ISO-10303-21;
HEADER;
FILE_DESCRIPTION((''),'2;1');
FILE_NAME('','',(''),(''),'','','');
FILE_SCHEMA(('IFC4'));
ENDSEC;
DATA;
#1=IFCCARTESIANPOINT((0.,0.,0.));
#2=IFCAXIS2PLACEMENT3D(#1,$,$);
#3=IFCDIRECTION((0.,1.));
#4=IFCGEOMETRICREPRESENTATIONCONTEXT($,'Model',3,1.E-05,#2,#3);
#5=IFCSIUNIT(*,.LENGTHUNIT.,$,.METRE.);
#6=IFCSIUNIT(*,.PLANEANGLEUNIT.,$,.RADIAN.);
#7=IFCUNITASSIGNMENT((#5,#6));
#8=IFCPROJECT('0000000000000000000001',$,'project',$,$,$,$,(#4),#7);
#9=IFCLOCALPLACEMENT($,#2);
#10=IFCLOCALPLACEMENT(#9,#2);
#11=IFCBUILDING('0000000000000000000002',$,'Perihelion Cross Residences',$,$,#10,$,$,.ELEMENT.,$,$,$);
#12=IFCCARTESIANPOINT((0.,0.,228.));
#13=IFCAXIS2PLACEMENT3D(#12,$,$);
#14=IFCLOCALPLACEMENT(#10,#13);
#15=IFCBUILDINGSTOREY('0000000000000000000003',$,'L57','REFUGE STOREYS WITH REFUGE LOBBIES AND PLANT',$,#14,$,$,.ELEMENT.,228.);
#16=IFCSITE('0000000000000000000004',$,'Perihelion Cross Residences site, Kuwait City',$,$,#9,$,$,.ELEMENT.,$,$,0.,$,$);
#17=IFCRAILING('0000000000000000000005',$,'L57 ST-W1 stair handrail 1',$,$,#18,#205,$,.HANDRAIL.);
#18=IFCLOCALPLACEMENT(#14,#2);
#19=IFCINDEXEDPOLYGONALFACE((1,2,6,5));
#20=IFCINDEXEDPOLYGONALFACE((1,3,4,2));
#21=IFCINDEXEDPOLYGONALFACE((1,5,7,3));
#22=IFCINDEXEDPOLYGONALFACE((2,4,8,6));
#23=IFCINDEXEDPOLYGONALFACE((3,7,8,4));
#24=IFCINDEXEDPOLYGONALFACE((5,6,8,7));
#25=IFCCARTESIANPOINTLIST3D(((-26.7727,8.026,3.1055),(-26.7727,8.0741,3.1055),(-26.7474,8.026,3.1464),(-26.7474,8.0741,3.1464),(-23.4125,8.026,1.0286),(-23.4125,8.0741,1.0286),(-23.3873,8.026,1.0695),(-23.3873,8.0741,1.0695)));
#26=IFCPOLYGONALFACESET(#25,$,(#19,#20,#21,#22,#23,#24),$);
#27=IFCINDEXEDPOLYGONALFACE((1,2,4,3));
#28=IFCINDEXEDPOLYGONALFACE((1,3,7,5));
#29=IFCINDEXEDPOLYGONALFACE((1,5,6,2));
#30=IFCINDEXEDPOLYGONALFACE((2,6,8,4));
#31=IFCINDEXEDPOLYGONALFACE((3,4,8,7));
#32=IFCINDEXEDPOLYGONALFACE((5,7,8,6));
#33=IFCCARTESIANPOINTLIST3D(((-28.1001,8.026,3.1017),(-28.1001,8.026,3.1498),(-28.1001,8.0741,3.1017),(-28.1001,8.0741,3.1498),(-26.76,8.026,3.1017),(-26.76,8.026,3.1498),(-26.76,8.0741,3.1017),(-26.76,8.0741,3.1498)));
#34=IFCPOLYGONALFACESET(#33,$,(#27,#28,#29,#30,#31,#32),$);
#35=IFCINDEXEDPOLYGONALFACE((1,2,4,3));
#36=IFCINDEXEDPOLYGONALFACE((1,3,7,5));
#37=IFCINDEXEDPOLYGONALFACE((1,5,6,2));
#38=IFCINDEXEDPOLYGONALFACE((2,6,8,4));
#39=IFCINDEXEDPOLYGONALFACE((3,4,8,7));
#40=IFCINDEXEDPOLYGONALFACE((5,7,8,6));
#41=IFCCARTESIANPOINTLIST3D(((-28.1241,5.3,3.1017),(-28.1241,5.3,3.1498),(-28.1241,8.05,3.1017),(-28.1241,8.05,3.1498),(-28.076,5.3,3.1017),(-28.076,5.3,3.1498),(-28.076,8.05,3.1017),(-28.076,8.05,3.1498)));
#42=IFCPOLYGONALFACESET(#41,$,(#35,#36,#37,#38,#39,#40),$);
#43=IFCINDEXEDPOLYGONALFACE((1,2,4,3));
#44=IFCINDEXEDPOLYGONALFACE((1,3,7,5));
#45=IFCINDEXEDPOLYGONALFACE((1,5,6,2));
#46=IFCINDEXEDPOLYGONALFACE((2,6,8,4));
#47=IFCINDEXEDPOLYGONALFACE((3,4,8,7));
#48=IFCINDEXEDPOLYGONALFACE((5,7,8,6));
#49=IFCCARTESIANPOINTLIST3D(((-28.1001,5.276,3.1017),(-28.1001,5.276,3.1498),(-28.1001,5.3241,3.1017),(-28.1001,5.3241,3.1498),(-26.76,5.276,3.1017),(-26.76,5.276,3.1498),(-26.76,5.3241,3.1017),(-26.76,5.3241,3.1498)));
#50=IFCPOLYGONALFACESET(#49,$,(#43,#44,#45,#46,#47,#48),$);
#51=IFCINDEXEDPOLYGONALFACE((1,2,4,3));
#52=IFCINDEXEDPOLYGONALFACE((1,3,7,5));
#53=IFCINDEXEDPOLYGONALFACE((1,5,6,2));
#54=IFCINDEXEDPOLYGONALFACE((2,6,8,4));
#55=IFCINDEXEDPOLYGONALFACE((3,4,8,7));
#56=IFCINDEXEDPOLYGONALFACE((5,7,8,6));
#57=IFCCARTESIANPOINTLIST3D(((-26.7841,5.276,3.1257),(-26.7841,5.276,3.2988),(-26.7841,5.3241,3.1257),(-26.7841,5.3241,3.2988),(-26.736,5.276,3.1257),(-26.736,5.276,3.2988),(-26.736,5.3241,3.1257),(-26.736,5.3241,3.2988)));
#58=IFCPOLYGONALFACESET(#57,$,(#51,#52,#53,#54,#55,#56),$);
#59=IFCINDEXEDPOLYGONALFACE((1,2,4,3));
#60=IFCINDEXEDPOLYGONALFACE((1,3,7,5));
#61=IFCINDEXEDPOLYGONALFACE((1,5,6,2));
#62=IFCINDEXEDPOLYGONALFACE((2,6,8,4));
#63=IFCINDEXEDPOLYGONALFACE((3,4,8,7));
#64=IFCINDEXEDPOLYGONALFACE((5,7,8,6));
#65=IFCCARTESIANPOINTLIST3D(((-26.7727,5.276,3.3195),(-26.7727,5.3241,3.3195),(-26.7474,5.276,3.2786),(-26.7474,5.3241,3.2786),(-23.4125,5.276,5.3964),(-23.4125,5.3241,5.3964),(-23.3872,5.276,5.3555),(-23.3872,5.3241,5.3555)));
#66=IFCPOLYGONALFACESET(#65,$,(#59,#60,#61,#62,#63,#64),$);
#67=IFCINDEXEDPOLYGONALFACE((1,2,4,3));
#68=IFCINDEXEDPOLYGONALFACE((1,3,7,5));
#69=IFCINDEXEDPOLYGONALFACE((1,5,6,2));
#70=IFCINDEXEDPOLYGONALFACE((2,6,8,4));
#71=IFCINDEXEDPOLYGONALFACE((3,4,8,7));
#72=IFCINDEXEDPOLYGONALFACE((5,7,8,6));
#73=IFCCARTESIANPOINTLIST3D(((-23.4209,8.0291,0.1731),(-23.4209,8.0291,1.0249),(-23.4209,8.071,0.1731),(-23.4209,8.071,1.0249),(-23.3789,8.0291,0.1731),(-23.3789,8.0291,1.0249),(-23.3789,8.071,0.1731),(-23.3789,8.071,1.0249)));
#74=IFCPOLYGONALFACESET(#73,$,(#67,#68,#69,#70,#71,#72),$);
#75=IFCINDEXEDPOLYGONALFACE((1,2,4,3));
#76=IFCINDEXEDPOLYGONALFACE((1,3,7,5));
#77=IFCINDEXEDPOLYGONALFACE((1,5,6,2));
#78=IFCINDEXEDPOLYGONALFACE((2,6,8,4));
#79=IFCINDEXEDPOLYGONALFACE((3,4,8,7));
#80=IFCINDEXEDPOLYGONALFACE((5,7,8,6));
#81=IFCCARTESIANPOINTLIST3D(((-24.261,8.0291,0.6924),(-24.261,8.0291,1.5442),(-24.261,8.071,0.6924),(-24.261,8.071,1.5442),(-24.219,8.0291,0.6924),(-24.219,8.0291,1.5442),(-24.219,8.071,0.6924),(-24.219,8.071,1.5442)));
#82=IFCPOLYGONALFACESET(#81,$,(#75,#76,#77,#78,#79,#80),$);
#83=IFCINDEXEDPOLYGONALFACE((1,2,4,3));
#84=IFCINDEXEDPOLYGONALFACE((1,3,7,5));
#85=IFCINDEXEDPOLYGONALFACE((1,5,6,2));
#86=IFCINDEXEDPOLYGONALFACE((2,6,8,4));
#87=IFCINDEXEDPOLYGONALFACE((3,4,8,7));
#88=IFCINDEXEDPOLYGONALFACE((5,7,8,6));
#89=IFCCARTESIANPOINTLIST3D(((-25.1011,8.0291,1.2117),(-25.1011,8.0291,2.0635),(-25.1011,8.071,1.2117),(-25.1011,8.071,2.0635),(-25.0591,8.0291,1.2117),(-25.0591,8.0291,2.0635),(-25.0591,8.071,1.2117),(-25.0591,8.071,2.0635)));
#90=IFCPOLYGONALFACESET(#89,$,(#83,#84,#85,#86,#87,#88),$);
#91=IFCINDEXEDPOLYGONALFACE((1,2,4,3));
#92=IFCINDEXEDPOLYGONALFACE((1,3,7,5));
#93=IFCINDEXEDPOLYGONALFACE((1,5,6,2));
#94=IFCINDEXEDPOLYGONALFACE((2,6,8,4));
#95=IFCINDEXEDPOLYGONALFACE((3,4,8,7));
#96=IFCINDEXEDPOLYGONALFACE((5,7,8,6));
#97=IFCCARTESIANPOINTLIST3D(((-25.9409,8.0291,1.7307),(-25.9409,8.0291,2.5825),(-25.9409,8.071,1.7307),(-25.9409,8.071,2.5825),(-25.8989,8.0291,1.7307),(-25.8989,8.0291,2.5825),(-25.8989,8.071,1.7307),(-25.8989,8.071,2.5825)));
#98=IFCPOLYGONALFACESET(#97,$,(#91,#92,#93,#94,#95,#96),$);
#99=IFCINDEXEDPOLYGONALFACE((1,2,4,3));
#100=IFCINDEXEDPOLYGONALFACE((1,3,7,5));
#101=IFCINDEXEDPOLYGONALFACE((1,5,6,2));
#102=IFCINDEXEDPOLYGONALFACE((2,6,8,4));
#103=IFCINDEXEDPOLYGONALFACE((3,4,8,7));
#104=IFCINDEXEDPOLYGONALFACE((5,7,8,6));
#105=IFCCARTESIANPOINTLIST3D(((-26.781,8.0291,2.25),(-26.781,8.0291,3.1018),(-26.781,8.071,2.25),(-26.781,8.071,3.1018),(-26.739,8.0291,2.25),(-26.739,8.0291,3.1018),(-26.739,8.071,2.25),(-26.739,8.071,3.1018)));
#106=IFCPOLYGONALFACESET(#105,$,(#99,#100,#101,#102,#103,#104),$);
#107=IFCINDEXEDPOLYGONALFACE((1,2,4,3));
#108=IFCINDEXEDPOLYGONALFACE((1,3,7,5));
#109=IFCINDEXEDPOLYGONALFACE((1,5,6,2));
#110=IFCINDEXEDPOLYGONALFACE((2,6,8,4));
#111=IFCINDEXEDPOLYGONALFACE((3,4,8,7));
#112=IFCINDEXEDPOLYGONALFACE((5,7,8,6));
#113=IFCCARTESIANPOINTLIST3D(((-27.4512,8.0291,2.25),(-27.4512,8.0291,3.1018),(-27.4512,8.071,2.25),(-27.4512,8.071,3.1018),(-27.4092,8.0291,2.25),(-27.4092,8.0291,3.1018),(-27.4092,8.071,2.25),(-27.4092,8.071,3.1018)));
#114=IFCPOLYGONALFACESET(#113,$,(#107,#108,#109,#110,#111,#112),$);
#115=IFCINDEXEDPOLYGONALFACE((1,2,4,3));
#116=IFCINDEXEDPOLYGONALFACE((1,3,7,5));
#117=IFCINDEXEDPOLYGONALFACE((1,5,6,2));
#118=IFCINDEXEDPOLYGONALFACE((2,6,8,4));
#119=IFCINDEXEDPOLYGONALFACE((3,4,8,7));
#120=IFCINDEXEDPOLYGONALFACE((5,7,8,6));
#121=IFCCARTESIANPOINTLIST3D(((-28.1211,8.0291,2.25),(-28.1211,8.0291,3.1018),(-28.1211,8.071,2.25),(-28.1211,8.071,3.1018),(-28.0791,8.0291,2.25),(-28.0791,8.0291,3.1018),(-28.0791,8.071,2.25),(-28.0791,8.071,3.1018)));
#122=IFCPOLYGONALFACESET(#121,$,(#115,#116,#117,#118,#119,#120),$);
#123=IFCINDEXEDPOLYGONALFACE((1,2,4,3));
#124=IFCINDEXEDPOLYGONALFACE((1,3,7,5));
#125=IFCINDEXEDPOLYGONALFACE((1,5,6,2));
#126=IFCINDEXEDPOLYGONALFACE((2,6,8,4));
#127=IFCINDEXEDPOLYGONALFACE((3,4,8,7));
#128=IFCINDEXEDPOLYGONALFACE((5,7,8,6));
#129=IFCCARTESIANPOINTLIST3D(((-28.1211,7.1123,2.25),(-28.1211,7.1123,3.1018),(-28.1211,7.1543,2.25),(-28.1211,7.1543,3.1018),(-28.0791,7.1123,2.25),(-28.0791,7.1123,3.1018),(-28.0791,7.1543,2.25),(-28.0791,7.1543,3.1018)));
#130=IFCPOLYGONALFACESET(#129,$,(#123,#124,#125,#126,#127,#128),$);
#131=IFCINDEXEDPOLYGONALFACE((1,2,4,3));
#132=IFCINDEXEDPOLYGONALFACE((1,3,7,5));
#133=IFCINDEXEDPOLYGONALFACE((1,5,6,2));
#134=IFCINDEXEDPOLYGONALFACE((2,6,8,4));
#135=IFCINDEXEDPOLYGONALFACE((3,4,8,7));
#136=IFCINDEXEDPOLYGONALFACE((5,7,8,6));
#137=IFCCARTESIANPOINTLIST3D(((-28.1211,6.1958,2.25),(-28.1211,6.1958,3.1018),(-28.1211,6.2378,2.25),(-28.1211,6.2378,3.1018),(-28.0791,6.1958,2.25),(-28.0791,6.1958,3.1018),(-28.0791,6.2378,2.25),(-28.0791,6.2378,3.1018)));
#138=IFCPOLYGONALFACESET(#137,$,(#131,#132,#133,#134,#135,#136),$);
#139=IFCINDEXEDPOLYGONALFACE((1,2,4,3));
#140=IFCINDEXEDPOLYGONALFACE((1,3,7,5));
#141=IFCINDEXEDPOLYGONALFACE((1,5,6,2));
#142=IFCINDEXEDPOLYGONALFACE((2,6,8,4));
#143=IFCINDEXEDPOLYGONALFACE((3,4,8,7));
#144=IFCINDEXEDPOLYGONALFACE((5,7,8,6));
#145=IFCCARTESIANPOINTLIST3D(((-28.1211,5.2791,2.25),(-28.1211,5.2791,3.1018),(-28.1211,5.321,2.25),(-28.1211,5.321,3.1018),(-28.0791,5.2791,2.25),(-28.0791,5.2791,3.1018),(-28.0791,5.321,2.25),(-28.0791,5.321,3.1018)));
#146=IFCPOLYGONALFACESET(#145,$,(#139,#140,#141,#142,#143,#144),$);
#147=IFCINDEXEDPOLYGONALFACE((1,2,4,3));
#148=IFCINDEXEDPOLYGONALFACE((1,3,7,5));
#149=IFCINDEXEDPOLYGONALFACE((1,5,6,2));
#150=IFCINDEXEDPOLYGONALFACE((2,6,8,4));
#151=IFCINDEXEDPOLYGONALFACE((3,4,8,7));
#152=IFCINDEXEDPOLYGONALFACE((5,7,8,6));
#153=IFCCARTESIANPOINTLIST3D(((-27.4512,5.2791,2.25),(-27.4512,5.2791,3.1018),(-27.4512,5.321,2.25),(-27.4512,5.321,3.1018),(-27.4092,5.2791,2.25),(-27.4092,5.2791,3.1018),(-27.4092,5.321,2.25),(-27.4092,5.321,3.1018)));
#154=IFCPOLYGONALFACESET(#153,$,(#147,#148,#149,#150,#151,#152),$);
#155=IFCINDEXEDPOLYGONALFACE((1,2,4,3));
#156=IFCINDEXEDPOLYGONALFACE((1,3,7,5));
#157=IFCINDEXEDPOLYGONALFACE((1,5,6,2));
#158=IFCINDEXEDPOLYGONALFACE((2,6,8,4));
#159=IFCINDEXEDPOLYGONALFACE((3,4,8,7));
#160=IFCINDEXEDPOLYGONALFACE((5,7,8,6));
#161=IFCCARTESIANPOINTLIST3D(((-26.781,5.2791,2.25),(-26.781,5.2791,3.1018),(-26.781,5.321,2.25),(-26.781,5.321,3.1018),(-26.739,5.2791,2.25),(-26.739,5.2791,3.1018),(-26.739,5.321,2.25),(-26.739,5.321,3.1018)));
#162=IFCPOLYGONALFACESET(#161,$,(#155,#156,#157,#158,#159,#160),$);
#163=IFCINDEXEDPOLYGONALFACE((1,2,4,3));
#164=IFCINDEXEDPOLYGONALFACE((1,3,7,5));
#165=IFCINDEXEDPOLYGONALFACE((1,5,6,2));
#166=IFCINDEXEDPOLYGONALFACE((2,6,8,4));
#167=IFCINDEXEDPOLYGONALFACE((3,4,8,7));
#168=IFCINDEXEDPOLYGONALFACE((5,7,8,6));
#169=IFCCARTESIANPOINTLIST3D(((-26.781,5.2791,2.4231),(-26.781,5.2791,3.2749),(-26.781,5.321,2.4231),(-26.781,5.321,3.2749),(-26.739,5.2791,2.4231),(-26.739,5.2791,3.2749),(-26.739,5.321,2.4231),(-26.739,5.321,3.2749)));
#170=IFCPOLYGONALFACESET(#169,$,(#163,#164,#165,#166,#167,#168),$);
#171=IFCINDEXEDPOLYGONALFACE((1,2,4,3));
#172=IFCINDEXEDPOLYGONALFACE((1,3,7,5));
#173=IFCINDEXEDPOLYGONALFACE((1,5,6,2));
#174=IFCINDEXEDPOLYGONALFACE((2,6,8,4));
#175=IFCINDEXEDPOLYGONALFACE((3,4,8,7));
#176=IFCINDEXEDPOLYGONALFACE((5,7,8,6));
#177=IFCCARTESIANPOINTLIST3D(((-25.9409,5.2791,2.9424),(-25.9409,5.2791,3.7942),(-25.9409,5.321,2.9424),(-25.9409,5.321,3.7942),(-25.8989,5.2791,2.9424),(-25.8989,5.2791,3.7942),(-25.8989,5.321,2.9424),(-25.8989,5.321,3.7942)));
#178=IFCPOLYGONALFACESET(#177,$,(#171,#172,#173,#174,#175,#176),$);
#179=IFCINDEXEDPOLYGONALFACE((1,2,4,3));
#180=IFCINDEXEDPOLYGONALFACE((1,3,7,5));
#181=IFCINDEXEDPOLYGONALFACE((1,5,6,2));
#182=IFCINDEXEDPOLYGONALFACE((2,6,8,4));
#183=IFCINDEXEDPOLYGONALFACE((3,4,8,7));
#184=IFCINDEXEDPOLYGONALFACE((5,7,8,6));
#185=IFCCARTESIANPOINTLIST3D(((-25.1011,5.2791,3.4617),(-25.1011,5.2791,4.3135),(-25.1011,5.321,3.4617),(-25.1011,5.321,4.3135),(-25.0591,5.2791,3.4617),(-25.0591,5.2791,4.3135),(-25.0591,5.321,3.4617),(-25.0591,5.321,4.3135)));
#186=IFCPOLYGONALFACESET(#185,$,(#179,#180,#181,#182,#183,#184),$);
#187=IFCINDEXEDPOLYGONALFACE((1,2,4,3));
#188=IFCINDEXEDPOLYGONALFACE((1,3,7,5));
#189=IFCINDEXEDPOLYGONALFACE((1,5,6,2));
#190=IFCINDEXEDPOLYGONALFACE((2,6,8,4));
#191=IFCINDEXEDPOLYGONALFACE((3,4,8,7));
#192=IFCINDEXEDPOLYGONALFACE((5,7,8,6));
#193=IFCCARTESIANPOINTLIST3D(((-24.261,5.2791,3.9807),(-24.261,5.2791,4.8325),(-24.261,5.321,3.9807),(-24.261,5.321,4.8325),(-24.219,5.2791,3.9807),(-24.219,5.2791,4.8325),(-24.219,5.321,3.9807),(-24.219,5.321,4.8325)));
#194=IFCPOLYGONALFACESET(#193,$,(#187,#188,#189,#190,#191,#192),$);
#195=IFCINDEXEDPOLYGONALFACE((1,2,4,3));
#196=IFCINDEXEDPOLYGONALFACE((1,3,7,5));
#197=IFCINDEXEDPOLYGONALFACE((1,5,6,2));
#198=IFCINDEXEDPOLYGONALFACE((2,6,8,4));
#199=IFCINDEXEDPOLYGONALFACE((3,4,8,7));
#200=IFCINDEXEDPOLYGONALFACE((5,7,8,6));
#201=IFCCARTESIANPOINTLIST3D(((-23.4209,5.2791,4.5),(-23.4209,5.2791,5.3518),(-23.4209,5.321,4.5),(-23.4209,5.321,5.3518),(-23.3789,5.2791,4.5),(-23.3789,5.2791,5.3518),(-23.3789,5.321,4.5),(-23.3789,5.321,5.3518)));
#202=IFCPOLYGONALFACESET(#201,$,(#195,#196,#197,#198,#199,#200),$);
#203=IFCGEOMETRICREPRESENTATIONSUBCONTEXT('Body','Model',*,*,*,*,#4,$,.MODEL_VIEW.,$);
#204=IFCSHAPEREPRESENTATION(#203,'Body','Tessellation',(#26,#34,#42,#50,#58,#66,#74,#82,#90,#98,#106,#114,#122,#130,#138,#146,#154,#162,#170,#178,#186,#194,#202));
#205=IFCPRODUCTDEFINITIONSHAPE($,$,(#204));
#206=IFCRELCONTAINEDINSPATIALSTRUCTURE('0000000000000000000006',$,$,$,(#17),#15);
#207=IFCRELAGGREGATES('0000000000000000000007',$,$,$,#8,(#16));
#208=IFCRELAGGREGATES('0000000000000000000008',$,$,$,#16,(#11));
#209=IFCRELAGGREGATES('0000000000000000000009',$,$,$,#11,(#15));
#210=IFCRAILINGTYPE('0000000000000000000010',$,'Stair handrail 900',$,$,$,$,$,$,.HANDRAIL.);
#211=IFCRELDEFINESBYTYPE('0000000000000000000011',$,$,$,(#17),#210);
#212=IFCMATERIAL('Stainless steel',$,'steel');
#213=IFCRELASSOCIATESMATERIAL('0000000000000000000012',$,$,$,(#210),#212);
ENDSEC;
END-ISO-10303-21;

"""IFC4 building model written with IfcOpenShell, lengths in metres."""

from ifc_helpers import new_model, si_unit, direction, frame, origin, origin_2d, place, context, subcontext, project, spatial, rectangle, extrude, material, type_object, element, save


model = new_model("IFC4")

# Units and contexts
model_context = context("Model", 3, precision=1e-05, world=origin(), true_north=direction((0.0, 1.0)))
body_context = subcontext(model_context, "Body", "Model", "MODEL_VIEW")
ifc_project = project(units=[si_unit("LENGTHUNIT", "METRE"), si_unit("PLANEANGLEUNIT", "RADIAN")], contexts=[model_context])

# Site, building, storey
site_placement = place(None, origin())
site = spatial("IfcSite", under=ifc_project, at=site_placement, Name="Perihelion Cross Residences site, Kuwait City", CompositionType="ELEMENT", RefElevation=0.0)
building_placement = place(site_placement, origin())
building = spatial("IfcBuilding", under=site, at=building_placement, Name="Perihelion Cross Residences", CompositionType="ELEMENT")
storey_placement = place(building_placement, frame((0.0, 0.0, 228.0)))
storey = spatial("IfcBuildingStorey", under=building, at=storey_placement, Name="L57", Description="REFUGE STOREYS WITH REFUGE LOBBIES AND PLANT", CompositionType="ELEMENT", Elevation=228.0)

# Railing
ifc_material_1 = material(Name="Stainless steel", Category="steel")
railing_type = type_object("IfcRailingType", Name="Stair handrail 900", PredefinedType="HANDRAIL", material=ifc_material_1)
railing_placement = place(storey_placement, frame((-23.3999, 8.05, 0.1731)))
element("IfcRailing", 1, at=railing_placement, inside=storey, type_object=railing_type, Name="L57 ST-W1 stair handrail 1", PredefinedType="HANDRAIL", context=body_context, shape_type="SweptSolid", body=[
    extrude(rectangle(XDim=0.0481, YDim=0.0481, at=origin_2d()), frame((0.0, 0.0, 0.876), z_axis=(-0.850623, 0.0, 0.525776), x_axis=(0.0, -1.0, 0.0)), (0.0, 0.0, 1.0), 3.9502),
    extrude(rectangle(XDim=0.0481, YDim=0.0481, at=origin_2d()), frame((-3.3601, 0.0, 2.9526), z_axis=(-1.0, 0.0, 0.0), x_axis=(0.0, -1.0, 0.0)), (0.0, 0.0, 1.0), 1.3401),
    extrude(rectangle(XDim=0.0481, YDim=0.0481, at=origin_2d()), frame((-4.7002, 0.0, 2.9526), z_axis=(0.0, -1.0, 0.0), x_axis=(1.0, 0.0, 0.0)), (0.0, 0.0, 1.0), 2.75),
    extrude(rectangle(XDim=0.0481, YDim=0.0481, at=origin_2d()), frame((-4.7002, -2.75, 2.9526), z_axis=(1.0, 0.0, 0.0), x_axis=(0.0, 1.0, 0.0)), (0.0, 0.0, 1.0), 1.3401),
    extrude(rectangle(XDim=0.0481, YDim=0.0481, at=origin_2d()), frame((-3.3601, -2.75, 2.9526), z_axis=(0.0, 0.0, 1.0), x_axis=(1.0, 0.0, 0.0)), (0.0, 0.0, 1.0), 0.1731),
    extrude(rectangle(XDim=0.0481, YDim=0.0481, at=origin_2d()), frame((-3.3601, -2.75, 3.126), z_axis=(0.850623, 0.0, 0.525776), x_axis=(0.0, 1.0, 0.0)), (0.0, 0.0, 1.0), 3.9502),
    extrude(rectangle(XDim=0.042, YDim=0.042, at=origin_2d()), origin(), (0.0, 0.0, 1.0), 0.8518),
    extrude(rectangle(XDim=0.042, YDim=0.042, at=origin_2d()), frame((-0.8401, 0.0, 0.5193)), (0.0, 0.0, 1.0), 0.8518),
    extrude(rectangle(XDim=0.042, YDim=0.042, at=origin_2d()), frame((-1.6802, 0.0, 1.0386)), (0.0, 0.0, 1.0), 0.8518),
    extrude(rectangle(XDim=0.042, YDim=0.042, at=origin_2d()), frame((-2.52, 0.0, 1.5576)), (0.0, 0.0, 1.0), 0.8518),
    extrude(rectangle(XDim=0.042, YDim=0.042, at=origin_2d()), frame((-3.3601, 0.0, 2.0769)), (0.0, 0.0, 1.0), 0.8518),
    extrude(rectangle(XDim=0.042, YDim=0.042, at=origin_2d()), frame((-4.0303, 0.0, 2.0769)), (0.0, 0.0, 1.0), 0.8518),
    extrude(rectangle(XDim=0.042, YDim=0.042, at=origin_2d()), frame((-4.7002, 0.0, 2.0769)), (0.0, 0.0, 1.0), 0.8518),
    extrude(rectangle(XDim=0.042, YDim=0.042, at=origin_2d()), frame((-4.7002, -0.9167, 2.0769)), (0.0, 0.0, 1.0), 0.8518),
    extrude(rectangle(XDim=0.042, YDim=0.042, at=origin_2d()), frame((-4.7002, -1.8333, 2.0769)), (0.0, 0.0, 1.0), 0.8518),
    extrude(rectangle(XDim=0.042, YDim=0.042, at=origin_2d()), frame((-4.7002, -2.75, 2.0769)), (0.0, 0.0, 1.0), 0.8518),
    extrude(rectangle(XDim=0.042, YDim=0.042, at=origin_2d()), frame((-4.0303, -2.75, 2.0769)), (0.0, 0.0, 1.0), 0.8518),
    extrude(rectangle(XDim=0.042, YDim=0.042, at=origin_2d()), frame((-3.3601, -2.75, 2.0769)), (0.0, 0.0, 1.0), 0.8518),
    extrude(rectangle(XDim=0.042, YDim=0.042, at=origin_2d()), frame((-3.3601, -2.75, 2.25)), (0.0, 0.0, 1.0), 0.8518),
    extrude(rectangle(XDim=0.042, YDim=0.042, at=origin_2d()), frame((-2.52, -2.75, 2.7693)), (0.0, 0.0, 1.0), 0.8518),
    extrude(rectangle(XDim=0.042, YDim=0.042, at=origin_2d()), frame((-1.6802, -2.75, 3.2886)), (0.0, 0.0, 1.0), 0.8518),
    extrude(rectangle(XDim=0.042, YDim=0.042, at=origin_2d()), frame((-0.8401, -2.75, 3.8076)), (0.0, 0.0, 1.0), 0.8518),
    extrude(rectangle(XDim=0.042, YDim=0.042, at=origin_2d()), frame((0.0, -2.75, 4.3269)), (0.0, 0.0, 1.0), 0.8518),
])

save(model, "model.ifc")
